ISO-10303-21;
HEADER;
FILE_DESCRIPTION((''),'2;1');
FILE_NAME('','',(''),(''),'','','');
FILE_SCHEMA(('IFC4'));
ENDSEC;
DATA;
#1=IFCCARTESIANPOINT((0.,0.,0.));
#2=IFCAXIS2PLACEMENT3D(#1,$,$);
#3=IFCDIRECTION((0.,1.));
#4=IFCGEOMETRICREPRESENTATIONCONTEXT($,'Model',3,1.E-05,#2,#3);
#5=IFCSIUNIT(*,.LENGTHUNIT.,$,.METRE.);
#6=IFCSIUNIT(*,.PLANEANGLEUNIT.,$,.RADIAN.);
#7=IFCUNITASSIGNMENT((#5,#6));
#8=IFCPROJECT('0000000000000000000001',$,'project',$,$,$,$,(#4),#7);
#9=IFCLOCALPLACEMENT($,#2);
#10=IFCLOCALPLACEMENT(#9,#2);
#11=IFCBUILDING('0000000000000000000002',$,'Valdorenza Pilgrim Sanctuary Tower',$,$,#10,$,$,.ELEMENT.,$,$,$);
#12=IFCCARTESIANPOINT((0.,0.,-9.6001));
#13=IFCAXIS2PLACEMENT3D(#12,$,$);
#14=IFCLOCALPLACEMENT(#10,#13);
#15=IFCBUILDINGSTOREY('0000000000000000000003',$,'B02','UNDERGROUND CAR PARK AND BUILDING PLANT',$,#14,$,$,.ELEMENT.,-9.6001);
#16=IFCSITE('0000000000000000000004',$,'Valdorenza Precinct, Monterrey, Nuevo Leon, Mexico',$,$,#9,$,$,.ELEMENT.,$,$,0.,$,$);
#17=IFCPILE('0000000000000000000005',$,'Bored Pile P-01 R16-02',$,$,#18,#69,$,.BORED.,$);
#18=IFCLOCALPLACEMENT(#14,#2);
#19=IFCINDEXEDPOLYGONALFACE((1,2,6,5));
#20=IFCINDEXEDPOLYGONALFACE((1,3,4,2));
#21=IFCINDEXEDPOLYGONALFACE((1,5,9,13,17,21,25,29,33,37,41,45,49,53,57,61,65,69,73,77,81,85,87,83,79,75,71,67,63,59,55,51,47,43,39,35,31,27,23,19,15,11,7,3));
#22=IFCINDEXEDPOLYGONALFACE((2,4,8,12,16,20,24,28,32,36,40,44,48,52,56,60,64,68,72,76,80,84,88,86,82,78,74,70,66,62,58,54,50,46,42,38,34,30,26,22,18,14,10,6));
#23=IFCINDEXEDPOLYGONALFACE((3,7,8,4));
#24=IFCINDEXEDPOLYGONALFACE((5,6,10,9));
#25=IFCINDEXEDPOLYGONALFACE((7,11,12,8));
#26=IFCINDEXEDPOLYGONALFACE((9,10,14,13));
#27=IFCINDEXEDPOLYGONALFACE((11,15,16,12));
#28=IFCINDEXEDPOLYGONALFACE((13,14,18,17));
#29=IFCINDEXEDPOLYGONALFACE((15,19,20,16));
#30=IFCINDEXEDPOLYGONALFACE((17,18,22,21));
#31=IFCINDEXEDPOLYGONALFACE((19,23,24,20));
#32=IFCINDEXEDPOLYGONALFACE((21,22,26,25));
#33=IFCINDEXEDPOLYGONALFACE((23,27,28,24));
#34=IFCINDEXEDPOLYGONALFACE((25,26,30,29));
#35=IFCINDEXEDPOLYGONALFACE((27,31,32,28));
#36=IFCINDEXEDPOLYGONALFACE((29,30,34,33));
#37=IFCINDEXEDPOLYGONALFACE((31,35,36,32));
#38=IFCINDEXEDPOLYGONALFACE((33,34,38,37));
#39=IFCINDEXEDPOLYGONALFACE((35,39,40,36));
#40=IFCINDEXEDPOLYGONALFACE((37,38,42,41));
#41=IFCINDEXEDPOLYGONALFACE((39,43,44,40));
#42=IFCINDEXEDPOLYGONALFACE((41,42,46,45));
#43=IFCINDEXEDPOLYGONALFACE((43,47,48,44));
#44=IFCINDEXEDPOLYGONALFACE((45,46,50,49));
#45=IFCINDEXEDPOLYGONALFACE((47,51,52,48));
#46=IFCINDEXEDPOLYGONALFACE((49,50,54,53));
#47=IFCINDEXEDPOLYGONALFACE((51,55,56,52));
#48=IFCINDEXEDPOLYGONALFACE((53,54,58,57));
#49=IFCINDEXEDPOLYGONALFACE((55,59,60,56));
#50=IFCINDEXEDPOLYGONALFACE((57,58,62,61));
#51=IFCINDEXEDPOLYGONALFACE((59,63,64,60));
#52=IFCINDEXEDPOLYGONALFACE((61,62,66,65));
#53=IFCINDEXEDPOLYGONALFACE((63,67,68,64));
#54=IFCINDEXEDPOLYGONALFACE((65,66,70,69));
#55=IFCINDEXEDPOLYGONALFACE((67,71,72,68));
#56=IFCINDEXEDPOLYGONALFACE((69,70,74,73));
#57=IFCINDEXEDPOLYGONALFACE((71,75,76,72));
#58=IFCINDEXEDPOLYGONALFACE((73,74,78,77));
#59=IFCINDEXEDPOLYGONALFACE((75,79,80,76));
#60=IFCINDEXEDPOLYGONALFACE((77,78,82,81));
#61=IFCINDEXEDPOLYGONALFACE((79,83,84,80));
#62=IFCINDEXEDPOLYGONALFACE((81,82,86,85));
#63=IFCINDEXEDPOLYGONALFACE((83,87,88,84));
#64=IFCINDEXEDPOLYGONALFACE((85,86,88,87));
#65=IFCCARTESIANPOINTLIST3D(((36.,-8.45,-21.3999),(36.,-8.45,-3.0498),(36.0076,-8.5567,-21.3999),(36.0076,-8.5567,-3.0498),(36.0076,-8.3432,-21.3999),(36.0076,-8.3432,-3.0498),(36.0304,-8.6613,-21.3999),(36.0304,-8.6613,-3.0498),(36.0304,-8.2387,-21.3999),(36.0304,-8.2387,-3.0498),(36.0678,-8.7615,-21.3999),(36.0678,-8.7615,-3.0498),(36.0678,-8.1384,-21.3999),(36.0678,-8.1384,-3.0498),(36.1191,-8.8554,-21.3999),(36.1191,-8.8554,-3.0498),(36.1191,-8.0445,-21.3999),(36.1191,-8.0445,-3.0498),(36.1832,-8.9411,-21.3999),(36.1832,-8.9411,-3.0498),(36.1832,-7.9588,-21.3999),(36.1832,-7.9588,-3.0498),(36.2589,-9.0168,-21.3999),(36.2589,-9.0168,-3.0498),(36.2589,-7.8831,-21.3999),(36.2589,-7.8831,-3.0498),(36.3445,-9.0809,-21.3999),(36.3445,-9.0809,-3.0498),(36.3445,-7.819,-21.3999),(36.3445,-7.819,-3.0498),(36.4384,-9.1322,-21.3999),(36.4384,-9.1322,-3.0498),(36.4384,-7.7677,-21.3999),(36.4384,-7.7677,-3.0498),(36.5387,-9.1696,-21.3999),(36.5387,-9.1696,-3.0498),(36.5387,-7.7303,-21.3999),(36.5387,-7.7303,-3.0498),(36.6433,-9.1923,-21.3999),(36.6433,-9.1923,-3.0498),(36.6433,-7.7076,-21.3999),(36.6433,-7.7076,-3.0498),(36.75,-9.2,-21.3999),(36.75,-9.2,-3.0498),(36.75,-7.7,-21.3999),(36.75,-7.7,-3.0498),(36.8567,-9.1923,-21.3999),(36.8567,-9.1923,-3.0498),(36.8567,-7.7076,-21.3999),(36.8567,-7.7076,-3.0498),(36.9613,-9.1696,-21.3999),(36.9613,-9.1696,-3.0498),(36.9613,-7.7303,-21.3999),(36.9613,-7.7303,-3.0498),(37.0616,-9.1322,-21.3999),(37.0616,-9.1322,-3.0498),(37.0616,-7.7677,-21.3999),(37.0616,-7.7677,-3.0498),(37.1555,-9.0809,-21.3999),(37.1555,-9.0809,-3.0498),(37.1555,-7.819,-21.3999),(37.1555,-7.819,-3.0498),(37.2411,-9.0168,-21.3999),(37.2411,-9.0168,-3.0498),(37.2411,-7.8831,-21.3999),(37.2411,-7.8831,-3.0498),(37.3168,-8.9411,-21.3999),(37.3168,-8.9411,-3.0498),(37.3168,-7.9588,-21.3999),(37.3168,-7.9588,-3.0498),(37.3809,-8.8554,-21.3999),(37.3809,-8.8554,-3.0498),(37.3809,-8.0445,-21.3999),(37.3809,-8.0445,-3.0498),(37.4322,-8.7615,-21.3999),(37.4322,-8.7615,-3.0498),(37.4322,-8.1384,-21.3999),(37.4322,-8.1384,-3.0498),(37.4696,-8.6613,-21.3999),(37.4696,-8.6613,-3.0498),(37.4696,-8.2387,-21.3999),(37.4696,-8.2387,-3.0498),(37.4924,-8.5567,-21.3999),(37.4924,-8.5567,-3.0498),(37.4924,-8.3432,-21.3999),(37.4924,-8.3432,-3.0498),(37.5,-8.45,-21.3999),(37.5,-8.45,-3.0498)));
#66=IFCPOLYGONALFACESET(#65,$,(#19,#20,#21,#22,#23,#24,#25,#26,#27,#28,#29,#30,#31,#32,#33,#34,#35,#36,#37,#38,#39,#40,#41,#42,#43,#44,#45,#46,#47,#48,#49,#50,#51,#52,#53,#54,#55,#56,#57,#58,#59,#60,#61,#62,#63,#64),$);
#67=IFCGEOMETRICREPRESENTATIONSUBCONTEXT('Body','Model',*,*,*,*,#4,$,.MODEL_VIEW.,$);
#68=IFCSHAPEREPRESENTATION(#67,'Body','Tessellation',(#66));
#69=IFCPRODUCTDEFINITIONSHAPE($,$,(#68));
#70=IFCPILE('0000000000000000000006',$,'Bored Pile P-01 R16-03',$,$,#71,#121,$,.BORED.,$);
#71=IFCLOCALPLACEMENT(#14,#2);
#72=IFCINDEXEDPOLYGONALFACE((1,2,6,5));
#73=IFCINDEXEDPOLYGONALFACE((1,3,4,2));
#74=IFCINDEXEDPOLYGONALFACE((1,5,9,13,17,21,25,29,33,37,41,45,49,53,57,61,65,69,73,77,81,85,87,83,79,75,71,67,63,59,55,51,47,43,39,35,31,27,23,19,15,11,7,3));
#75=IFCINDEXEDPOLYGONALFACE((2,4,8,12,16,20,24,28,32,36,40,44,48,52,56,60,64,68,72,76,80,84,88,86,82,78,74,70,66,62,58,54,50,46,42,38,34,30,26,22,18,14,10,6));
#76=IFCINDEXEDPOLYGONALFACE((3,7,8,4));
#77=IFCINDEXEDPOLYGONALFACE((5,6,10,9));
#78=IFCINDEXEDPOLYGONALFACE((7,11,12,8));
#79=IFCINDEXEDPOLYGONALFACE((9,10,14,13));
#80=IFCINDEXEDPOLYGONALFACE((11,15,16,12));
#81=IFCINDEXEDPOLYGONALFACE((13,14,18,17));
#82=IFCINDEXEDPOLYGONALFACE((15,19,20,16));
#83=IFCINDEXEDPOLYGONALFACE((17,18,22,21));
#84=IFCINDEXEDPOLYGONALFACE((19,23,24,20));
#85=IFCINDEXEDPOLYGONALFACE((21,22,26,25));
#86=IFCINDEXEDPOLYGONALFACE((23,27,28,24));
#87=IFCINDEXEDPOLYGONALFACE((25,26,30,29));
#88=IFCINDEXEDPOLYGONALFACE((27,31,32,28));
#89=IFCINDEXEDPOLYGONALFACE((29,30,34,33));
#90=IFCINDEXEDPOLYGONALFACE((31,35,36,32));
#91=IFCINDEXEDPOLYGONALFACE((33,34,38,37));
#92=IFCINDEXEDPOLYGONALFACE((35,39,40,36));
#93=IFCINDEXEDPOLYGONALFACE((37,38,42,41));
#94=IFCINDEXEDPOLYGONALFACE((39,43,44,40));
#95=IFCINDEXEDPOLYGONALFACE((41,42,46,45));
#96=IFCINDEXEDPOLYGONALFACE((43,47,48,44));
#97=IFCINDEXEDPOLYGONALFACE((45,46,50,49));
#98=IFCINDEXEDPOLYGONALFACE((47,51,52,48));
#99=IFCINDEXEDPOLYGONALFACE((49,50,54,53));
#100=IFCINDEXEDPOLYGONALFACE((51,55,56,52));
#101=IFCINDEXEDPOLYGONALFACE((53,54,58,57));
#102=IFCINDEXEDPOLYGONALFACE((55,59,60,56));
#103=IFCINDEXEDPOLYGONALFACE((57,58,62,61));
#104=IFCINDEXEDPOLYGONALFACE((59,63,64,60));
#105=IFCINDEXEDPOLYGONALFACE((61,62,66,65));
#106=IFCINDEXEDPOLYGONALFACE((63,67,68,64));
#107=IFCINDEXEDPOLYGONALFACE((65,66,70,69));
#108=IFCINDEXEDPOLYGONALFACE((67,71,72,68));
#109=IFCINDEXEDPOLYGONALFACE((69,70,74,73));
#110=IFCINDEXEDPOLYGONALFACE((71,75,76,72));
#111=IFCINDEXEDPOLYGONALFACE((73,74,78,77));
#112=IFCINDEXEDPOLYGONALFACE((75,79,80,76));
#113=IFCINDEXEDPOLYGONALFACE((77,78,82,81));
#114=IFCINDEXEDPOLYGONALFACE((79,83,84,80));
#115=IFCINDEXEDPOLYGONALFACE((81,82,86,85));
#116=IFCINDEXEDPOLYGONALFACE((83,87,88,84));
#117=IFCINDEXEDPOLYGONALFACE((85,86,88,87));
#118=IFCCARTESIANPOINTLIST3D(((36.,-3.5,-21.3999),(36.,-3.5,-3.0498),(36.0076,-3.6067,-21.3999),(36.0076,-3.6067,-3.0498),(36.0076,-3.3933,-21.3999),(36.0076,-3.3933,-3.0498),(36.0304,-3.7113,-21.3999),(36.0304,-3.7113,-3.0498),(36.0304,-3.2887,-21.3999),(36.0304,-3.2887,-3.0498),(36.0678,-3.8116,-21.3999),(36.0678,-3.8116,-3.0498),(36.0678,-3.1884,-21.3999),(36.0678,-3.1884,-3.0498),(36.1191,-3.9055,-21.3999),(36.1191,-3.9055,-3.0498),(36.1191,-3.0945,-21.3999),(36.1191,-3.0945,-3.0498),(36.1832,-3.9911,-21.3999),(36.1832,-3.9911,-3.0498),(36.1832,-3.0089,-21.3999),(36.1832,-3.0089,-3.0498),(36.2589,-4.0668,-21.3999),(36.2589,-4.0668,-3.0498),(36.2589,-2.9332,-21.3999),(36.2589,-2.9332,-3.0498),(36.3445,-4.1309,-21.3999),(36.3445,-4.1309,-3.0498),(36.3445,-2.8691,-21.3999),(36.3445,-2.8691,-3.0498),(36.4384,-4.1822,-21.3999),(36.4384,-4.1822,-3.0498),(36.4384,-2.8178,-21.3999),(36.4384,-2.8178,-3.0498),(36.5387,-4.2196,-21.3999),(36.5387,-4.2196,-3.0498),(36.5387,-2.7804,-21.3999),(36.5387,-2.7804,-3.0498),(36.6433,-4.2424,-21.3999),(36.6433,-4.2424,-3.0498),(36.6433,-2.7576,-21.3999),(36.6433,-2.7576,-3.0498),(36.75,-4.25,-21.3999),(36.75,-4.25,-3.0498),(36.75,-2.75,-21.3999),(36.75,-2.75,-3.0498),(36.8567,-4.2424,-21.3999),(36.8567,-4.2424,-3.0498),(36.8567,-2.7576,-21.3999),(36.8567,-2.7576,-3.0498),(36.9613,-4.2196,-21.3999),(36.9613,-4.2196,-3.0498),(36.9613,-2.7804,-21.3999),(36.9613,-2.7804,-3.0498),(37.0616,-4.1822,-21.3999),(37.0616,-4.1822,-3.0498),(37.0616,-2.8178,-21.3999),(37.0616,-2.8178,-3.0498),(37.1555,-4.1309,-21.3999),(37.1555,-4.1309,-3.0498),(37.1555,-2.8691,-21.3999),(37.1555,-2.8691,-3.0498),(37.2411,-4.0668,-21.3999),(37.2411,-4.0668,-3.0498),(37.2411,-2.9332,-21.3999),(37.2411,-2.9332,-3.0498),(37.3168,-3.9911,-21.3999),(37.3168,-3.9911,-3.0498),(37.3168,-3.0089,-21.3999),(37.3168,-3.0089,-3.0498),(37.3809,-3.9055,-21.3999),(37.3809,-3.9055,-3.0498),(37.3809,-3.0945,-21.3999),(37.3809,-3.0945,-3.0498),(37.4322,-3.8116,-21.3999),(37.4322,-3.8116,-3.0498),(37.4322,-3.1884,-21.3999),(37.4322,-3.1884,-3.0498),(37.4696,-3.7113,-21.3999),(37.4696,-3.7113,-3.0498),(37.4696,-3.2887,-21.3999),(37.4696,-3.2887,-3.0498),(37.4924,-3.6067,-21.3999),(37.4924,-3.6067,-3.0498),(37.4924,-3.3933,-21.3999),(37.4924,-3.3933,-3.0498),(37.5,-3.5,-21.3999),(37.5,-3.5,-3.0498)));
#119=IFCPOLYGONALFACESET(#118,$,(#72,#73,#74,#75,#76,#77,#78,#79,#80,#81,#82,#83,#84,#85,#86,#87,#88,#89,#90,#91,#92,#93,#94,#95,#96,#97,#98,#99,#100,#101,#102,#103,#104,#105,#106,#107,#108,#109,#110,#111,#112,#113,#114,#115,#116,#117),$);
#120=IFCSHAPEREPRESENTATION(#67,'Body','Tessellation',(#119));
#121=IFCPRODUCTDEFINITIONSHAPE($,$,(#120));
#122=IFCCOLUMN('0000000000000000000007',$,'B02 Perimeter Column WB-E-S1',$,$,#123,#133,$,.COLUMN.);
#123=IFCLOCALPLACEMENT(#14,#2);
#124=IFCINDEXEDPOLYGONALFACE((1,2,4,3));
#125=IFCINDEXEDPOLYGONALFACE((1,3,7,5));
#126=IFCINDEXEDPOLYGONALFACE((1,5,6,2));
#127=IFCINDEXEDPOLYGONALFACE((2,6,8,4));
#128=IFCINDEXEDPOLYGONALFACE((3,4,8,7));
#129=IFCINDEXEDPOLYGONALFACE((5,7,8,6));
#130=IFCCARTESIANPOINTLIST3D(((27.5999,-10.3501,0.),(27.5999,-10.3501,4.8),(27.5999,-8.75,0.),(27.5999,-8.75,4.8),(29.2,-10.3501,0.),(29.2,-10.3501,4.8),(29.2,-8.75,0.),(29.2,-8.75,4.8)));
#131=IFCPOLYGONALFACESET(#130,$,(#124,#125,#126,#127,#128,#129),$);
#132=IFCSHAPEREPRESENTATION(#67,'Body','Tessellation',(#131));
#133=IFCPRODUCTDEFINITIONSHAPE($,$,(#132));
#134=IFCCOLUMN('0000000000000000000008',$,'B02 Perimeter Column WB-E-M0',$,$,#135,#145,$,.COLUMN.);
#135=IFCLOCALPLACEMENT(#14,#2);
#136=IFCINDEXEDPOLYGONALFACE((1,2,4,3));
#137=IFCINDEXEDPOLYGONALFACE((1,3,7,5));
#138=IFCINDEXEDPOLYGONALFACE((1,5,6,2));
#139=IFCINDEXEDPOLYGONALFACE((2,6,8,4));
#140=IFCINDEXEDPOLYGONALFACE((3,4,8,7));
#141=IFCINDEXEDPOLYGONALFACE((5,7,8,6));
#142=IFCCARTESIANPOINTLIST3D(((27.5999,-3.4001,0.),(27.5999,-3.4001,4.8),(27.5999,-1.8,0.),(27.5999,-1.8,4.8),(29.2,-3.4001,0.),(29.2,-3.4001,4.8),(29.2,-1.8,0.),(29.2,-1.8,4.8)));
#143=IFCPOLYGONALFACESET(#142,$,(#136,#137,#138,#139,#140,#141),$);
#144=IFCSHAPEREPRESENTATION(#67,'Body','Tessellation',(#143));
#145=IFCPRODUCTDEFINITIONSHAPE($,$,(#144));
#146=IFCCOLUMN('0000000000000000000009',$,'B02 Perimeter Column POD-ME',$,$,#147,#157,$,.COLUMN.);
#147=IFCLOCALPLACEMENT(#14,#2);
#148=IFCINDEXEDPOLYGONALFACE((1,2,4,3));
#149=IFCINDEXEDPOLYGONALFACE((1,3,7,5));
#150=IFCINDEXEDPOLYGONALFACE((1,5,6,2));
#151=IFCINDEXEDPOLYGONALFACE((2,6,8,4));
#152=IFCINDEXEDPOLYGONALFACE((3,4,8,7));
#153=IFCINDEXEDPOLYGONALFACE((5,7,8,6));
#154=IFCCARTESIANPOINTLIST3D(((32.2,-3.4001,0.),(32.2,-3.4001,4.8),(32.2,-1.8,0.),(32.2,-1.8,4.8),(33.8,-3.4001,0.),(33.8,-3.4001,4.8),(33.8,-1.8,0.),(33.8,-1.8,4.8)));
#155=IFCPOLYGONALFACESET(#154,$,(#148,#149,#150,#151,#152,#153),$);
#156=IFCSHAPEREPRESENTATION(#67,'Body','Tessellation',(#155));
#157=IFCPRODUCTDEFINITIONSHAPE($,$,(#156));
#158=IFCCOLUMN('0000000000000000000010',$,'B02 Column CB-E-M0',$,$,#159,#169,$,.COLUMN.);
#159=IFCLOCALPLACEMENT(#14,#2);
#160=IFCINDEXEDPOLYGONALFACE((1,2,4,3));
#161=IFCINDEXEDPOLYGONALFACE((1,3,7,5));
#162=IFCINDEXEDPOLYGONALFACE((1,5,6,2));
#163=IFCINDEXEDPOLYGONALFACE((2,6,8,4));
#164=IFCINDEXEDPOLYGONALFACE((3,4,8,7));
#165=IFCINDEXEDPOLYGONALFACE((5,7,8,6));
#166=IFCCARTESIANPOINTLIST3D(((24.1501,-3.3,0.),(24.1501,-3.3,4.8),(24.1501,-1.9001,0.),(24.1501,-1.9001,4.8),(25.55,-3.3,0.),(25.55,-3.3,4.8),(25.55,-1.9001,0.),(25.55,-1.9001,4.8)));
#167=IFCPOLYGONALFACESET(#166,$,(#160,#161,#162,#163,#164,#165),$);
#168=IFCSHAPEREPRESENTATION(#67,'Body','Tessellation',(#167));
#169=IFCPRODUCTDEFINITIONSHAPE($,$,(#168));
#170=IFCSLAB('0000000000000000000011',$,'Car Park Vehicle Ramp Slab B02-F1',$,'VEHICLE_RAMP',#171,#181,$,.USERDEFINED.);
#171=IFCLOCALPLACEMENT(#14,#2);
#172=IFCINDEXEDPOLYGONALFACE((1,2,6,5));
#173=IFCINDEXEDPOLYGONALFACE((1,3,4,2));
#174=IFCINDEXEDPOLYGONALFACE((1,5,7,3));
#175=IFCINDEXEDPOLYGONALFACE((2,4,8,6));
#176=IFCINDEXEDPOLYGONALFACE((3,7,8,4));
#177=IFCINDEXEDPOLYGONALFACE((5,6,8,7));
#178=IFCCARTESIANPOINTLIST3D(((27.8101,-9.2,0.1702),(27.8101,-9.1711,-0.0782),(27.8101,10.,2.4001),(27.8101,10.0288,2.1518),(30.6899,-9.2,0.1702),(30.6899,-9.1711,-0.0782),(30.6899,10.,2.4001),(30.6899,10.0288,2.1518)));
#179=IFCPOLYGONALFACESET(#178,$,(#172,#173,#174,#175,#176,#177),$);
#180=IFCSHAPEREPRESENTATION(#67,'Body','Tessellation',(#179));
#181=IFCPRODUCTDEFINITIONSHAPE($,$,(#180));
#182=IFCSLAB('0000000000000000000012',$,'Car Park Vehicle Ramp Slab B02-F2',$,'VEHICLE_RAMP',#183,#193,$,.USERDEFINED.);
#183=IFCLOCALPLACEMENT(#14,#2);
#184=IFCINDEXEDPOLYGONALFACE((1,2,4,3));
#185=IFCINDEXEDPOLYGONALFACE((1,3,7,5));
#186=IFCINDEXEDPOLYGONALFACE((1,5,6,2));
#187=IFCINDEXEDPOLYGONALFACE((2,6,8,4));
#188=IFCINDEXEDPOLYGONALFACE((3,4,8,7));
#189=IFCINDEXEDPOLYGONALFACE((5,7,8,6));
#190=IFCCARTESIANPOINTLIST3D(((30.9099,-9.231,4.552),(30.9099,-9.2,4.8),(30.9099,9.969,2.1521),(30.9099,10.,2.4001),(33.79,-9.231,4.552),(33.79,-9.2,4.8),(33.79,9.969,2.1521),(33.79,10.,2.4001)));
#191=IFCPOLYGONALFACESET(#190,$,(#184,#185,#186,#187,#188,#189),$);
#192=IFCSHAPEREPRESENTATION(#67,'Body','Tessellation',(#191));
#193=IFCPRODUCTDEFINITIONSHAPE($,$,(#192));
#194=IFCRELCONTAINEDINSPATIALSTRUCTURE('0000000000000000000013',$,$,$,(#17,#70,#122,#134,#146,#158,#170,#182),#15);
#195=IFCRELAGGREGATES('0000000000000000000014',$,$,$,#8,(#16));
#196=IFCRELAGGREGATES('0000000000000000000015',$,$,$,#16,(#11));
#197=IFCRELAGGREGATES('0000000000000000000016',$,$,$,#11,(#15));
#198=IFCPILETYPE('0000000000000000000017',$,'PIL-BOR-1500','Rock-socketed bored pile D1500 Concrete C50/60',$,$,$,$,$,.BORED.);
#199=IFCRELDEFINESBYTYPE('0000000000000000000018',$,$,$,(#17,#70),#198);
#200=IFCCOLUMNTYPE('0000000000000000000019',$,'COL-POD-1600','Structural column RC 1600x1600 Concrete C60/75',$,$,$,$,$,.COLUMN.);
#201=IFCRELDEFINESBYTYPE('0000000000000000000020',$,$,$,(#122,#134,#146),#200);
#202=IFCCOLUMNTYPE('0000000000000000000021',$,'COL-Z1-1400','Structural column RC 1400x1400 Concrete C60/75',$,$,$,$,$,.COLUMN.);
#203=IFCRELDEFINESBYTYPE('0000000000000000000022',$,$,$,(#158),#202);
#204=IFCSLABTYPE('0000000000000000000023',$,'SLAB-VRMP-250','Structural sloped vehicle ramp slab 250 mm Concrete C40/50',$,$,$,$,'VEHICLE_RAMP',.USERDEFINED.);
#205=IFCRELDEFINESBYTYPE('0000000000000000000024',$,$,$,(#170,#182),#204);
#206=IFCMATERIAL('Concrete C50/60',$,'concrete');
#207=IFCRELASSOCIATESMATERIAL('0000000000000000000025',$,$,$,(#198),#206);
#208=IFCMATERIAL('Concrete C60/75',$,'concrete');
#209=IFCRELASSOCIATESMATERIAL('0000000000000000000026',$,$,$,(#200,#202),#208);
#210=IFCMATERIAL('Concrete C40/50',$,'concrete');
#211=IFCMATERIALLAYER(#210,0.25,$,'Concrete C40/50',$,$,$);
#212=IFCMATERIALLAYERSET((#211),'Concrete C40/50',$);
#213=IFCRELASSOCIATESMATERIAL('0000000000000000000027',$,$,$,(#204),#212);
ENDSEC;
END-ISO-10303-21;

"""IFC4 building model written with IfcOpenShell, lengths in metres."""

from ifc_helpers import new_model, si_unit, direction, frame, origin, origin_2d, place, context, subcontext, project, spatial, polyline, rectangle, circle, outline, extrude, source, transform, mapped, material, layer, layer_set, material_profile, profile_set, type_object, element, save


model = new_model("IFC4")

# Units and contexts
model_context = context("Model", 3, precision=1e-05, world=origin(), true_north=direction((0.0, 1.0)))
body_context = subcontext(model_context, "Body", "Model", "MODEL_VIEW")
ifc_project = project(units=[si_unit("LENGTHUNIT", "METRE"), si_unit("PLANEANGLEUNIT", "RADIAN")], contexts=[model_context])

# Site, building, storey
site_placement = place(None, origin())
site = spatial("IfcSite", under=ifc_project, at=site_placement, Name="Valdorenza Precinct, Monterrey, Nuevo Leon, Mexico", CompositionType="ELEMENT", RefElevation=0.0)
building_placement = place(site_placement, origin())
building = spatial("IfcBuilding", under=site, at=building_placement, Name="Valdorenza Pilgrim Sanctuary Tower", CompositionType="ELEMENT")
storey_placement = place(building_placement, frame((0.0, 0.0, -9.6001)))
storey = spatial("IfcBuildingStorey", under=building, at=storey_placement, Name="B02", Description="UNDERGROUND CAR PARK AND BUILDING PLANT", CompositionType="ELEMENT", Elevation=-9.6001)

# Piles
ifc_material_1 = material(Name="Concrete C50/60", Category="concrete")
ifc_material_profile_1 = material_profile(ifc_material_1, circle(Radius=0.75, at=origin_2d()), Name="BORED PILE 1500")
ifc_profile_set_1 = profile_set([ifc_material_profile_1], Name="Concrete C50/60")
pile_type = type_object("IfcPileType", Name="PIL-BOR-1500", Description="Rock-socketed bored pile D1500 Concrete C50/60", PredefinedType="BORED", material=ifc_profile_set_1)
shared_shape_1 = source(origin(), body_context, "Body", "SweptSolid", [
    extrude(circle(Radius=0.75, at=origin_2d()), origin(), (0.0, 0.0, 1.0), 18.3501),
])
for number, where, z_axis, x_axis, name in (
    (1, (36.75, -8.45, -3.0498), (0.0, 0.0, -1.0), (1.0, 0.0, 0.0), "Bored Pile P-01 R16-02"),
    (2, (36.75, -3.5, -3.0498), (0.0, 0.0, -1.0), (1.0, 0.0, 0.0), "Bored Pile P-01 R16-03"),
):
    element("IfcPile", number, at=place(storey_placement, frame(where, z_axis=z_axis, x_axis=x_axis)), inside=storey, type_object=pile_type, Name=name, PredefinedType="BORED", context=body_context, shape_type="MappedRepresentation", body=[
        mapped(shared_shape_1, transform((0.0, 0.0, 0.0), x_axis=(1.0, 0.0, 0.0), y_axis=(0.0, 1.0, 0.0), z_axis=(0.0, 0.0, 1.0), scale=1.0)),
    ])

# Columns
ifc_material_2 = material(Name="Concrete C60/75", Category="concrete")
ifc_material_profile_2 = material_profile(ifc_material_2, rectangle(XDim=1.6001, YDim=1.6001, at=origin_2d()), Name="RC 1600x1600")
ifc_profile_set_2 = profile_set([ifc_material_profile_2], Name="Concrete C60/75")
column_type_1 = type_object("IfcColumnType", Name="COL-POD-1600", Description="Structural column RC 1600x1600 Concrete C60/75", PredefinedType="COLUMN", material=ifc_profile_set_2)
shared_shape_2 = source(origin(), body_context, "Body", "SweptSolid", [
    extrude(rectangle(XDim=1.6001, YDim=1.6001, at=origin_2d()), origin(), (0.0, 0.0, 1.0), 4.8),
])
for number, where, z_axis, x_axis, name in (
    (3, (28.3999, -9.55, 0.0), (0.0, 0.0, 1.0), (1.0, 0.0, 0.0), "B02 Perimeter Column WB-E-S1"),
    (4, (28.3999, -2.6001, 0.0), (0.0, 0.0, 1.0), (1.0, 0.0, 0.0), "B02 Perimeter Column WB-E-M0"),
    (5, (33.0, -2.6001, 0.0), (0.0, 0.0, 1.0), (1.0, 0.0, 0.0), "B02 Perimeter Column POD-ME"),
):
    element("IfcColumn", number, at=place(storey_placement, frame(where, z_axis=z_axis, x_axis=x_axis)), inside=storey, type_object=column_type_1, Name=name, PredefinedType="COLUMN", context=body_context, shape_type="MappedRepresentation", body=[
        mapped(shared_shape_2, transform((0.0, 0.0, 0.0), x_axis=(1.0, 0.0, 0.0), y_axis=(0.0, 1.0, 0.0), z_axis=(0.0, 0.0, 1.0), scale=1.0)),
    ])
ifc_material_profile_3 = material_profile(ifc_material_2, rectangle(XDim=1.3999, YDim=1.3999, at=origin_2d()), Name="RC 1400x1400")
ifc_profile_set_3 = profile_set([ifc_material_profile_3], Name="Concrete C60/75")
column_type_2 = type_object("IfcColumnType", Name="COL-Z1-1400", Description="Structural column RC 1400x1400 Concrete C60/75", PredefinedType="COLUMN", material=ifc_profile_set_3)
shared_shape_3 = source(origin(), body_context, "Body", "SweptSolid", [
    extrude(rectangle(XDim=1.3999, YDim=1.3999, at=origin_2d()), origin(), (0.0, 0.0, 1.0), 4.8),
])
column_placement = place(storey_placement, frame((24.8501, -2.6001, 0.0), z_axis=(0.0, 0.0, 1.0), x_axis=(1.0, 0.0, 0.0)))
element("IfcColumn", 6, at=column_placement, inside=storey, type_object=column_type_2, Name="B02 Column CB-E-M0", PredefinedType="COLUMN", context=body_context, shape_type="MappedRepresentation", body=[
    mapped(shared_shape_3, transform((0.0, 0.0, 0.0), x_axis=(1.0, 0.0, 0.0), y_axis=(0.0, 1.0, 0.0), z_axis=(0.0, 0.0, 1.0), scale=1.0)),
])

# Slabs
ifc_material_3 = material(Name="Concrete C40/50", Category="concrete")
ifc_layer_1 = layer(ifc_material_3, 0.25, Name="Concrete C40/50")
ifc_layer_set_1 = layer_set([ifc_layer_1], Name="Concrete C40/50")
slab_type = type_object("IfcSlabType", Name="SLAB-VRMP-250", Description="Structural sloped vehicle ramp slab 250 mm Concrete C40/50", ElementType="VEHICLE_RAMP", PredefinedType="USERDEFINED", material=ifc_layer_set_1)
slab_1_placement = place(storey_placement, frame((27.8101, -9.2, 0.1702), z_axis=(0.0, -0.11537, 0.993323), x_axis=(1.0, 0.0, 0.0)))
element("IfcSlab", 7, at=slab_1_placement, inside=storey, type_object=slab_type, Name="Car Park Vehicle Ramp Slab B02-F1", ObjectType="VEHICLE_RAMP", PredefinedType="USERDEFINED", context=body_context, shape_type="SweptSolid", body=[
    extrude(outline(polyline([(0.0, 0.0), (2.8799, 0.0), (2.8799, 19.329), (0.0, 19.329), (0.0, 0.0)])), origin(), (0.0, 0.0, -1.0), 0.25),
])
slab_2_placement = place(storey_placement, frame((30.9099, -9.2, 4.8), z_axis=(0.0, 0.12403, 0.992278), x_axis=(1.0, 0.0, 0.0)))
element("IfcSlab", 8, at=slab_2_placement, inside=storey, type_object=slab_type, Name="Car Park Vehicle Ramp Slab B02-F2", ObjectType="VEHICLE_RAMP", PredefinedType="USERDEFINED", context=body_context, shape_type="SweptSolid", body=[
    extrude(outline(polyline([(0.0, 0.0), (2.8801, 0.0), (2.8801, 19.3494), (0.0, 19.3494), (0.0, 0.0)])), origin(), (0.0, 0.0, -1.0), 0.25),
])

save(model, "model.ifc")
